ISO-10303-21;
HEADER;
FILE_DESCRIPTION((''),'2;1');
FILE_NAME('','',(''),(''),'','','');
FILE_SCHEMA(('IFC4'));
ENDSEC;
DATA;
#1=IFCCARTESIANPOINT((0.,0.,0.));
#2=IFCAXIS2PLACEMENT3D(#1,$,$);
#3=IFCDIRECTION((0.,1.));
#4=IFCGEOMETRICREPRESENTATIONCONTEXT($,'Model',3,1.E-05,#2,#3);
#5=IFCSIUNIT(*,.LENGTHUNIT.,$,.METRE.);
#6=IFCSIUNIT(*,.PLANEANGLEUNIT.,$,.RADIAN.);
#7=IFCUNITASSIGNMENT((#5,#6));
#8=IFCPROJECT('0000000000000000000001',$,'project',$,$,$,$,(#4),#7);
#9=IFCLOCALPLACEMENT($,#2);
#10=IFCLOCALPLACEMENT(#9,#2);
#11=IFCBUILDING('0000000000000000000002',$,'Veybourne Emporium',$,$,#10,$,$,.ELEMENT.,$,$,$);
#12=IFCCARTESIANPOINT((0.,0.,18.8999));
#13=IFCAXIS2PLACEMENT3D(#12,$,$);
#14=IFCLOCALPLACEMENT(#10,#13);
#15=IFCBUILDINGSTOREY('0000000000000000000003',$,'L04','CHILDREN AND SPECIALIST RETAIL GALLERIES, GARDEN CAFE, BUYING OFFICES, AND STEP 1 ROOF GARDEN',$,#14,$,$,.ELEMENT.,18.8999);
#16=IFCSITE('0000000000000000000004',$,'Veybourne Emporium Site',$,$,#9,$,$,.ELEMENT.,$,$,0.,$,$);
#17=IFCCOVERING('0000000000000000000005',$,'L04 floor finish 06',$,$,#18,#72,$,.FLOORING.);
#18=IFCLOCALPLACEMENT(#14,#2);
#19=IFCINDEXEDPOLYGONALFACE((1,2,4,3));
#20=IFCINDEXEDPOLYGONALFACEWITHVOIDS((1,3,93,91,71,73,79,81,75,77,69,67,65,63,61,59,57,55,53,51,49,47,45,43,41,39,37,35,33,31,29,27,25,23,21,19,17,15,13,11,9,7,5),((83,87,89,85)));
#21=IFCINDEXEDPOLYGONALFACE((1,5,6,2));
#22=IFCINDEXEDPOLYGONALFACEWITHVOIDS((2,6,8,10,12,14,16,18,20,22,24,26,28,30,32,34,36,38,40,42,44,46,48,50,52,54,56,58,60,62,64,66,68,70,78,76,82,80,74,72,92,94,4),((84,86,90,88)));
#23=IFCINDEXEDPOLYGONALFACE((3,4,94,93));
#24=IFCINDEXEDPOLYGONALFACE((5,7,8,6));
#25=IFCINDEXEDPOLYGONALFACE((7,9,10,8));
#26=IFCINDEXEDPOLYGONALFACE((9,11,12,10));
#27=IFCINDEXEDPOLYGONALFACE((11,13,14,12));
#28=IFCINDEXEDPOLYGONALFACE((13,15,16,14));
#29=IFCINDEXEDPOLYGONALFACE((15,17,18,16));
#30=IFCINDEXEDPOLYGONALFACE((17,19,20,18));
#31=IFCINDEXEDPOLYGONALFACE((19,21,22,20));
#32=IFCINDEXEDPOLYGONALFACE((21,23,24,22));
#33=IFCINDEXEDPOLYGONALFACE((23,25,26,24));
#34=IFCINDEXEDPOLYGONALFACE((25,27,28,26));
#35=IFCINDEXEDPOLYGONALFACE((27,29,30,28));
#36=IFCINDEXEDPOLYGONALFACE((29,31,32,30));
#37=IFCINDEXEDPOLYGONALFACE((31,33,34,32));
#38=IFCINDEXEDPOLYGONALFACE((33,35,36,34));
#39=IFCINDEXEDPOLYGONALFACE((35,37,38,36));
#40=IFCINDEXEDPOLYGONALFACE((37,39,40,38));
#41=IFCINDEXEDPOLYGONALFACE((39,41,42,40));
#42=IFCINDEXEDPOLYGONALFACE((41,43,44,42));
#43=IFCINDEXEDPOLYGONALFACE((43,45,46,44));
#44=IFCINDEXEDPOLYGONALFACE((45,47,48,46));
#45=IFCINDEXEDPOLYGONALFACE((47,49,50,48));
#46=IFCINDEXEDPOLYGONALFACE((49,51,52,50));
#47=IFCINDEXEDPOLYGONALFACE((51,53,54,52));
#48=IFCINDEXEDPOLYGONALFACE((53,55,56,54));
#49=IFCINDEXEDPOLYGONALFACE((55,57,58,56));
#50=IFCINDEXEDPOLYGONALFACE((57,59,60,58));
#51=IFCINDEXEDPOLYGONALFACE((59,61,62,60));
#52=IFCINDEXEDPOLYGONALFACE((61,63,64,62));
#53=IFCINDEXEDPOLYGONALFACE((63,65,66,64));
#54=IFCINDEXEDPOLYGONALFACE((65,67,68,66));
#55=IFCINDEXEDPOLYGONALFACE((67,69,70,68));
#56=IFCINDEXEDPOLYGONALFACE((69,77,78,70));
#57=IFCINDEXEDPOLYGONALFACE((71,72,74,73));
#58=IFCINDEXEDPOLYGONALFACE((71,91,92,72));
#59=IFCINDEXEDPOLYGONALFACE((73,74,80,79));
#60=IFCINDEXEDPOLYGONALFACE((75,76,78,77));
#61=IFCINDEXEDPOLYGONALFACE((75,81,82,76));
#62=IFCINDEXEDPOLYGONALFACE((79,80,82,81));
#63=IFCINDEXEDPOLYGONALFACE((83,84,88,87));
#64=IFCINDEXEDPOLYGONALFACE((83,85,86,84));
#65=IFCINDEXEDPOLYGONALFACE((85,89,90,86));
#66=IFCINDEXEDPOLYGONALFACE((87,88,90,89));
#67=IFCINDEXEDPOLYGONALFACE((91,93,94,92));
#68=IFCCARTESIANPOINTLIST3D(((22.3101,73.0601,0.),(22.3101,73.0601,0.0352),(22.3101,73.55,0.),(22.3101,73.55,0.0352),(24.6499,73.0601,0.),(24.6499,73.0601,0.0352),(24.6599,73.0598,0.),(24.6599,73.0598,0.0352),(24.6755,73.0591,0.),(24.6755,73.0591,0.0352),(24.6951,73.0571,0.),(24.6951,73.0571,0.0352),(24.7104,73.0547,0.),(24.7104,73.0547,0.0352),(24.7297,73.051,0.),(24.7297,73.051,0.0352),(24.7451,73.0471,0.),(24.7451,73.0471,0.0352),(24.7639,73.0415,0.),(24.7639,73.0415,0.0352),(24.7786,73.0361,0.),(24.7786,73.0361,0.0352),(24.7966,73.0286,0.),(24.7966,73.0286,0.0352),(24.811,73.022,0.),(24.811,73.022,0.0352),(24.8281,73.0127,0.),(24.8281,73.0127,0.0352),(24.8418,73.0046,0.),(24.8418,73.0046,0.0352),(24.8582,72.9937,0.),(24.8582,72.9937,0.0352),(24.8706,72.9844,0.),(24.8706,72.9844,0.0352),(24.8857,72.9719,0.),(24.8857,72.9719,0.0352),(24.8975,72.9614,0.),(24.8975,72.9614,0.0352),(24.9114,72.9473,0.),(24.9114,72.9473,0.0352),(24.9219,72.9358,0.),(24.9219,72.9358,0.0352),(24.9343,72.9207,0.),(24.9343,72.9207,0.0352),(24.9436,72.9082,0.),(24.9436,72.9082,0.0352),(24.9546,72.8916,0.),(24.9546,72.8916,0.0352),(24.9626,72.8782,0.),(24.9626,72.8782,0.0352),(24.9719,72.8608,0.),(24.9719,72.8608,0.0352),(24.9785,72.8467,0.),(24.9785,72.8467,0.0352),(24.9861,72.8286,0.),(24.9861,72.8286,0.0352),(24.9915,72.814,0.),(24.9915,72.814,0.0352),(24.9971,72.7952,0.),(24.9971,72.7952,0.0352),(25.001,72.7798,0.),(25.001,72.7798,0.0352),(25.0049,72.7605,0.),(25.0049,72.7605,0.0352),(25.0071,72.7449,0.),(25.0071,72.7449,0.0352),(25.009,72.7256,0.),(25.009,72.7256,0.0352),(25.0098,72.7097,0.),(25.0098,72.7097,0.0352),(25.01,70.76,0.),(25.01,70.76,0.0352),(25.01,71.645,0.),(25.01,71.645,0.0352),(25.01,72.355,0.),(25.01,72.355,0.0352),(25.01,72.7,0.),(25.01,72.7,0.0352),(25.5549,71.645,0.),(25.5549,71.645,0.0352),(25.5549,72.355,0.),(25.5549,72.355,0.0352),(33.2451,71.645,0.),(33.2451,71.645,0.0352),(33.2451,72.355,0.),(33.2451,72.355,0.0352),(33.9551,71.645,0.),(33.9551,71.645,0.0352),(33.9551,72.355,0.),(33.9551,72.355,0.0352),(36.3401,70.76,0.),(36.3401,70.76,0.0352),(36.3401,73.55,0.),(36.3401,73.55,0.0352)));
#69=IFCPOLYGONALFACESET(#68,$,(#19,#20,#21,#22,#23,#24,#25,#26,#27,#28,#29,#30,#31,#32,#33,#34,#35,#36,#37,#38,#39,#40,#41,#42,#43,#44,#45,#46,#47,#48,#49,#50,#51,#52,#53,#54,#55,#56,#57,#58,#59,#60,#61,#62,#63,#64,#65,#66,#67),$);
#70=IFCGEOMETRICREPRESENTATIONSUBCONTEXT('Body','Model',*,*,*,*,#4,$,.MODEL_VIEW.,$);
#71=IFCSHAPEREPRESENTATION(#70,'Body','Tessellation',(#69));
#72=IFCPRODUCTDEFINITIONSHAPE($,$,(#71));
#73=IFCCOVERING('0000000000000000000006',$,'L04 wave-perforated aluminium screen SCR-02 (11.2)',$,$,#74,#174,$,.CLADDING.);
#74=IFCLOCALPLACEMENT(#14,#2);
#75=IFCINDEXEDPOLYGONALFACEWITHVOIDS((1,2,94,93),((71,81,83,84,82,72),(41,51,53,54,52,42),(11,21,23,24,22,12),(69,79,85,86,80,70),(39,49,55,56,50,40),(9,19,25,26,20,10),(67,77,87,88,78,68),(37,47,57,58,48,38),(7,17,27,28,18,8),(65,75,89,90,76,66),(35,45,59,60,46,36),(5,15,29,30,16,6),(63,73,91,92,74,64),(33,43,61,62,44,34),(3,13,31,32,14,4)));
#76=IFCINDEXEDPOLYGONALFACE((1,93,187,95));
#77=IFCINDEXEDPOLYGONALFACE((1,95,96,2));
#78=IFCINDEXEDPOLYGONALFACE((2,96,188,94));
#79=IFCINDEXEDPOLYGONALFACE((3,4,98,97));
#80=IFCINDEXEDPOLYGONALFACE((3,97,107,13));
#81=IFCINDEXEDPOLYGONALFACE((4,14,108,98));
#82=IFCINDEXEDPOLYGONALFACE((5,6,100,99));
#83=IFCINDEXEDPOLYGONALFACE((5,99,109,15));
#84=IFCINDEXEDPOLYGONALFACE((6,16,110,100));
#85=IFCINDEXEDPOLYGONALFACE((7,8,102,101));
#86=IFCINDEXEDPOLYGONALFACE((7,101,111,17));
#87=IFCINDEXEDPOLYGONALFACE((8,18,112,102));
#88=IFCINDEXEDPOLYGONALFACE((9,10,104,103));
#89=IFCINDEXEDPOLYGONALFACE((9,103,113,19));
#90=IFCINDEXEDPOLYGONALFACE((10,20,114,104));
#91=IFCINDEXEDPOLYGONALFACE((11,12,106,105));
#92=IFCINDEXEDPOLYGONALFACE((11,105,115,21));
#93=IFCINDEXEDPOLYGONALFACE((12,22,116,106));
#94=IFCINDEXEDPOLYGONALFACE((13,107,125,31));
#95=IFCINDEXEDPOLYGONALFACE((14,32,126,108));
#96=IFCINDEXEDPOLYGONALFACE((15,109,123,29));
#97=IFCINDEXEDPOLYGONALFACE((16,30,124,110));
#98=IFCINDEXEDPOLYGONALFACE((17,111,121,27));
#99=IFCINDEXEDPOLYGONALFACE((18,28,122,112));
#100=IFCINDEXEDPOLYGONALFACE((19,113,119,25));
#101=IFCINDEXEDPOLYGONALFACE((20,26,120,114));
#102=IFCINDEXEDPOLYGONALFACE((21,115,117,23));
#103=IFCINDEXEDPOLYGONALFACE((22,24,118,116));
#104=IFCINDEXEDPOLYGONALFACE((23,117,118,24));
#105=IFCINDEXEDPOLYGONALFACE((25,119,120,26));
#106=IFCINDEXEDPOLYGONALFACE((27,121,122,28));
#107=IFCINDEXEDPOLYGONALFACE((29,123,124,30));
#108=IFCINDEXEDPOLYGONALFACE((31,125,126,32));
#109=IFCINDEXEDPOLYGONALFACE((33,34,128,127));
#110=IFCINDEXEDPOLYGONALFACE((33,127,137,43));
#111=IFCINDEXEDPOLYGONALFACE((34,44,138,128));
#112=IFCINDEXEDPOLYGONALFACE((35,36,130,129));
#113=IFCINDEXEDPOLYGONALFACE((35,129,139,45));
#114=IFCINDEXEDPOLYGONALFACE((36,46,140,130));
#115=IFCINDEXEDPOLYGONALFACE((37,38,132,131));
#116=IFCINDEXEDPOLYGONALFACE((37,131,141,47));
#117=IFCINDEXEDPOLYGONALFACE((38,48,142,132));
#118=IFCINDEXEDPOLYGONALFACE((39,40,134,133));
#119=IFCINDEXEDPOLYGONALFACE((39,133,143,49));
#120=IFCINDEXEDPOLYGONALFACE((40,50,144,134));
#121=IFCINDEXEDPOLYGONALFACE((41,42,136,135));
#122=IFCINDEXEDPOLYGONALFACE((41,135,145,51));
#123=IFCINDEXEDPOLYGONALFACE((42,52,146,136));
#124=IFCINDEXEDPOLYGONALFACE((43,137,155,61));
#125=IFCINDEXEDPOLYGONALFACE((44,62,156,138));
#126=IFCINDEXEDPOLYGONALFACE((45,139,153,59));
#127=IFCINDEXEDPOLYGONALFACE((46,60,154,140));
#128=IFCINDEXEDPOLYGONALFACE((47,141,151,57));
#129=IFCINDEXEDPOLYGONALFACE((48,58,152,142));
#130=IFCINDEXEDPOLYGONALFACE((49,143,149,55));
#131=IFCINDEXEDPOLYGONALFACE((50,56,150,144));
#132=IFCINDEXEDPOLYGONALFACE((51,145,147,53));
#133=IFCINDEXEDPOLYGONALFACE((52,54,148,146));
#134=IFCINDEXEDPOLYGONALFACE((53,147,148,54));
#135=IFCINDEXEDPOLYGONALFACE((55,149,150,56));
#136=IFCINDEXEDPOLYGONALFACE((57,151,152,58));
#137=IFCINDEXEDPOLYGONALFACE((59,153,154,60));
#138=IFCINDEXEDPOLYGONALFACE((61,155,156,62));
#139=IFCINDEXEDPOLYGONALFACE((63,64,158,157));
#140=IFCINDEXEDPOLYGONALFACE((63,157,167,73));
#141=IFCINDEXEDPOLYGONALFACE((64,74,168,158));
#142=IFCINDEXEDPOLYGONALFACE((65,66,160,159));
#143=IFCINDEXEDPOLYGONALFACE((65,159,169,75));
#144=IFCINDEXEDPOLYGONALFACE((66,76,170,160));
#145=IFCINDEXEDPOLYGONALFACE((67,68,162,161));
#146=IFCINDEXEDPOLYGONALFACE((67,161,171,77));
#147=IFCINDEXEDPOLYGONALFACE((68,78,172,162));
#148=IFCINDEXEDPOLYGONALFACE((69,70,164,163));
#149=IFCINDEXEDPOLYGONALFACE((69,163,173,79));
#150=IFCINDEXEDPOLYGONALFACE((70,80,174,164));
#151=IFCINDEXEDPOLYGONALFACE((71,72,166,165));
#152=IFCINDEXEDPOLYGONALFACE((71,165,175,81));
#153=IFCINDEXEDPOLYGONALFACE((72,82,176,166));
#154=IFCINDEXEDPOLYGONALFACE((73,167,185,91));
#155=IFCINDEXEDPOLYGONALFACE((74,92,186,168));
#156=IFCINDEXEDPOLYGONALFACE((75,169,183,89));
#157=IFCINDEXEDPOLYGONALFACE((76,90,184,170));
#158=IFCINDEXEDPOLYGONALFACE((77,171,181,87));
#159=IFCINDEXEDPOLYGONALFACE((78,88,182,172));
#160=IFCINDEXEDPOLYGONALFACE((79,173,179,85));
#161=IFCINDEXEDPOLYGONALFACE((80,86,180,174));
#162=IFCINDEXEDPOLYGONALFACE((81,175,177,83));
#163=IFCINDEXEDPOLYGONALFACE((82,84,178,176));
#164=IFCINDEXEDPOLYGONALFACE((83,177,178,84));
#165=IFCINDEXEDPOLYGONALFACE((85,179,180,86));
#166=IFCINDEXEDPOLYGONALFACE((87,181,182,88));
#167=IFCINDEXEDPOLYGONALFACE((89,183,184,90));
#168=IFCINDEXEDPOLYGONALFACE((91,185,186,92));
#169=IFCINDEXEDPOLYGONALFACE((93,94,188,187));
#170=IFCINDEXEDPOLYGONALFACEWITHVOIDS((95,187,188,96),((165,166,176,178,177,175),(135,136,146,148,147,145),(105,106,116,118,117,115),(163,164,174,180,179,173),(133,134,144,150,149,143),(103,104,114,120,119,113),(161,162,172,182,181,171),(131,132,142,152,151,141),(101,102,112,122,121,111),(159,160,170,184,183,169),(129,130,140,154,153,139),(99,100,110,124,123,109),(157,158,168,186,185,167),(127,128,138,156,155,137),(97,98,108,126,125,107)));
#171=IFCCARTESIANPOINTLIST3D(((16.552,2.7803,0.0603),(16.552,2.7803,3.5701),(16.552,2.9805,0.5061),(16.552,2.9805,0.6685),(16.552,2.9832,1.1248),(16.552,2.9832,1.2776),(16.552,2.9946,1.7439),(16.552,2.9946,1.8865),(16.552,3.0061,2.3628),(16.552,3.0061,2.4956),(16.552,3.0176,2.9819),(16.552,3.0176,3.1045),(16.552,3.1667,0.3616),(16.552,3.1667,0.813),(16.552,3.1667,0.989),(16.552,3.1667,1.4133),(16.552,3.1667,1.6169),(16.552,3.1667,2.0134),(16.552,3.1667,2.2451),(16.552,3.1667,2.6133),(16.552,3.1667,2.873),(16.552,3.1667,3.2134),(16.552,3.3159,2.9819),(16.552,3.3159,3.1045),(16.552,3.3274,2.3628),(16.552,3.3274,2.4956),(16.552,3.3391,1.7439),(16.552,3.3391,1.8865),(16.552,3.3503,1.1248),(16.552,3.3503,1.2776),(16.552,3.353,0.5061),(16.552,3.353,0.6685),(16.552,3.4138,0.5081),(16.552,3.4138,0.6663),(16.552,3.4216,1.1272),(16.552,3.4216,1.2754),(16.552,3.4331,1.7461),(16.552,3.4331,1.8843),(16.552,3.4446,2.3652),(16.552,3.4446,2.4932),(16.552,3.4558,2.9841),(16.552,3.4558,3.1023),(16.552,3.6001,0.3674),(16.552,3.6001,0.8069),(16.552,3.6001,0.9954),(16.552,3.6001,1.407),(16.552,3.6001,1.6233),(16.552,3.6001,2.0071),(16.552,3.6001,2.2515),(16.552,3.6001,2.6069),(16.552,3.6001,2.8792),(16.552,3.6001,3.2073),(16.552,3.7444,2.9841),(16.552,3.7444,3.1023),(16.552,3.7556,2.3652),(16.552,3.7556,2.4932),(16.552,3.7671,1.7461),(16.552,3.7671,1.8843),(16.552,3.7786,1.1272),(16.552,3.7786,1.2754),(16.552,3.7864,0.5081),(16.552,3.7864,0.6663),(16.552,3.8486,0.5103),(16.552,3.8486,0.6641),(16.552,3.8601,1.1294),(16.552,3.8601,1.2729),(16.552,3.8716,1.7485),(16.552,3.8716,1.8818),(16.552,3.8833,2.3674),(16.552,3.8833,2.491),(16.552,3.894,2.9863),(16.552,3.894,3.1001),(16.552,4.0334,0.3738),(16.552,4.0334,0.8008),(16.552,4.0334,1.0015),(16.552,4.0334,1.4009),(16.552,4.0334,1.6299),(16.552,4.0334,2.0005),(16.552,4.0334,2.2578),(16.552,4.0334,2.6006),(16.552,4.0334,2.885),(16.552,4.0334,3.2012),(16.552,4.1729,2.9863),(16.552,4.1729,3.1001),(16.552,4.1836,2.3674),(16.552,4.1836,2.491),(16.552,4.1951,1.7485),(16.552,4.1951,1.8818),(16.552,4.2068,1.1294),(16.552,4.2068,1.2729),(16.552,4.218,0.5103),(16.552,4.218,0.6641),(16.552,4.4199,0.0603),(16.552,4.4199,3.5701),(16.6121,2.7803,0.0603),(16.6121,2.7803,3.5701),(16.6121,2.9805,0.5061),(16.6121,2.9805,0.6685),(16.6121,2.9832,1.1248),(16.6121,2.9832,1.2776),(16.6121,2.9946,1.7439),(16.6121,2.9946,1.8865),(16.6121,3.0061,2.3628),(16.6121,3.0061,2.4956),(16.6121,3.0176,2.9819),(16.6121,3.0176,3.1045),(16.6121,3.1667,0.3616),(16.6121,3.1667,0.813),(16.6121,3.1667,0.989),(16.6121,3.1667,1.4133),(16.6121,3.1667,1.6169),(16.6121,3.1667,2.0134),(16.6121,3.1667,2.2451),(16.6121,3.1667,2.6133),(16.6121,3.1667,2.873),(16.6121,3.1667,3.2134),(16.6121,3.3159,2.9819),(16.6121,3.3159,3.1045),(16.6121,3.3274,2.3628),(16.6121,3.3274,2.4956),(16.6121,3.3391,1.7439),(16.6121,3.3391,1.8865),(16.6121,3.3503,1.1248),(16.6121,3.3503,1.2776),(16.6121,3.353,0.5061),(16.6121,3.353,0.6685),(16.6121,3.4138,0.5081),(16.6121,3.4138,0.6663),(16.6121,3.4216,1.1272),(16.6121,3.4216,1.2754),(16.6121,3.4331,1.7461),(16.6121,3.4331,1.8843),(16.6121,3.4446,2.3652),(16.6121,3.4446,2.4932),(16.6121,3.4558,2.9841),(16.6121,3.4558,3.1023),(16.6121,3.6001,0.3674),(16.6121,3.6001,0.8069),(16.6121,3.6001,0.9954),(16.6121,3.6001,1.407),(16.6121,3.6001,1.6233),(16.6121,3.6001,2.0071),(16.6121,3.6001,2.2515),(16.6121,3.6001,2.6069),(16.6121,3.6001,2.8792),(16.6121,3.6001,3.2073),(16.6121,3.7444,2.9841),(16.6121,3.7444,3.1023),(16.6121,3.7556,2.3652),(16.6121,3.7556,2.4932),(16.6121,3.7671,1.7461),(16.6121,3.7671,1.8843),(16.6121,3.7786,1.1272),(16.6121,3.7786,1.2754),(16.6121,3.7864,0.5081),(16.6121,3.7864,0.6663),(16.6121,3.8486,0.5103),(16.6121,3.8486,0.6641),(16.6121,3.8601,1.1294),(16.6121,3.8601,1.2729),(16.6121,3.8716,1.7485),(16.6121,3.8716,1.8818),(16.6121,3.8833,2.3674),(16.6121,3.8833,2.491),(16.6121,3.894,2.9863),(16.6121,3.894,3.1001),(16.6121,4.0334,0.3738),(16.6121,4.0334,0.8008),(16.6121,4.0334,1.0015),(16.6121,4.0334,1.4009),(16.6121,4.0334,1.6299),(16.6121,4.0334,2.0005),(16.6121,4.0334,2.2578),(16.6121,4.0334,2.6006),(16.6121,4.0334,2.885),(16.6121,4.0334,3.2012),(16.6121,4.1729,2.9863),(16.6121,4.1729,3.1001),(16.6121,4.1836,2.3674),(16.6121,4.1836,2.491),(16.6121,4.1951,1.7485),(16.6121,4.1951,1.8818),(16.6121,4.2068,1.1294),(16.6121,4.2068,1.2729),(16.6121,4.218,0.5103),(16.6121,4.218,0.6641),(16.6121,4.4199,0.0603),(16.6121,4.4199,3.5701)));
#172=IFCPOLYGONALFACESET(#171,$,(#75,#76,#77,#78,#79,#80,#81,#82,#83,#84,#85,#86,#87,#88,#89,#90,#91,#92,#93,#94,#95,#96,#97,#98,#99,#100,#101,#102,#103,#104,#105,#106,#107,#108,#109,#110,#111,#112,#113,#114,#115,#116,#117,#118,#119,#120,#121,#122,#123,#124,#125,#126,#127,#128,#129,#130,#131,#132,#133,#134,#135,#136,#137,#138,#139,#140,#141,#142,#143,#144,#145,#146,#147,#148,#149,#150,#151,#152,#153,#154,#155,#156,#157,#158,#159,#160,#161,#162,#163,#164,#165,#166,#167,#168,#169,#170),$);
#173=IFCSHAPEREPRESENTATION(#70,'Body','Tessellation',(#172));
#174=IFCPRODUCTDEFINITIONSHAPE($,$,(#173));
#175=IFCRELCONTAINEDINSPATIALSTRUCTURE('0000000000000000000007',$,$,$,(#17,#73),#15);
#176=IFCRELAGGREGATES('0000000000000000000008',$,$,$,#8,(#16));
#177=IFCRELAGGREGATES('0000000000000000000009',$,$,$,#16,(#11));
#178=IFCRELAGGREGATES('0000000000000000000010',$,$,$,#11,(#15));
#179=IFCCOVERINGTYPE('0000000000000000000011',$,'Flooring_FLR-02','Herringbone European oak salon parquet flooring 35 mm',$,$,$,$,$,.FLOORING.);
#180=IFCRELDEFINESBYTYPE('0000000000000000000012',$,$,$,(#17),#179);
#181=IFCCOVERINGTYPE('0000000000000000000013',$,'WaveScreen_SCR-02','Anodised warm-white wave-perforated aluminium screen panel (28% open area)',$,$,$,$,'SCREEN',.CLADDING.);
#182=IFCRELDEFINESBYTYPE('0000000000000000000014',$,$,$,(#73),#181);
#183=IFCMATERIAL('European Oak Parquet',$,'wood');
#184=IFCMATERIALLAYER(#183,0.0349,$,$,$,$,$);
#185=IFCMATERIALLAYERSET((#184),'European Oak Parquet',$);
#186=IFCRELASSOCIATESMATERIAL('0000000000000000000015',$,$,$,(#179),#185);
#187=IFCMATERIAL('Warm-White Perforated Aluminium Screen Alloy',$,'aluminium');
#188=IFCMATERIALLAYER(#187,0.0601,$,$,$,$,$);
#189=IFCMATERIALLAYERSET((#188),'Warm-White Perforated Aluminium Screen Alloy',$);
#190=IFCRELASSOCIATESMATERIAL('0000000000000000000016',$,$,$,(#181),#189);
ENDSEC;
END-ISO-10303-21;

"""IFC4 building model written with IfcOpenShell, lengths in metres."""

from ifc_helpers import new_model, si_unit, direction, frame, origin, place, context, subcontext, project, spatial, polyline, outline, extrude, material, layer, layer_set, type_object, element, save


model = new_model("IFC4")

# Units and contexts
model_context = context("Model", 3, precision=1e-05, world=origin(), true_north=direction((0.0, 1.0)))
body_context = subcontext(model_context, "Body", "Model", "MODEL_VIEW")
ifc_project = project(units=[si_unit("LENGTHUNIT", "METRE"), si_unit("PLANEANGLEUNIT", "RADIAN")], contexts=[model_context])

# Site, building, storey
site_placement = place(None, origin())
site = spatial("IfcSite", under=ifc_project, at=site_placement, Name="Veybourne Emporium Site", CompositionType="ELEMENT", RefElevation=0.0)
building_placement = place(site_placement, origin())
building = spatial("IfcBuilding", under=site, at=building_placement, Name="Veybourne Emporium", CompositionType="ELEMENT")
storey_placement = place(building_placement, frame((0.0, 0.0, 18.8999)))
storey = spatial("IfcBuildingStorey", under=building, at=storey_placement, Name="L04", Description="CHILDREN AND SPECIALIST RETAIL GALLERIES, GARDEN CAFE, BUYING OFFICES, AND STEP 1 ROOF GARDEN", CompositionType="ELEMENT", Elevation=18.8999)

# Coverings
ifc_material_1 = material(Name="European Oak Parquet", Category="wood")
ifc_layer_1 = layer(ifc_material_1, 0.0349)
ifc_layer_set_1 = layer_set([ifc_layer_1], Name="European Oak Parquet")
covering_type_1 = type_object("IfcCoveringType", Name="Flooring_FLR-02", Description="Herringbone European oak salon parquet flooring 35 mm", PredefinedType="FLOORING", material=ifc_layer_set_1)
covering_1_placement = place(storey_placement, origin())
element("IfcCovering", 1, at=covering_1_placement, inside=storey, type_object=covering_type_1, Name="L04 floor finish 06", PredefinedType="FLOORING", context=body_context, shape_type="SweptSolid", body=[
    extrude(outline(polyline([(25.01, 70.76), (25.01, 71.645), (25.5549, 71.645), (25.5549, 72.355), (25.01, 72.355), (25.01, 72.7), (25.0098, 72.7097), (25.009, 72.7256), (25.0071, 72.7449), (25.0049, 72.7605), (25.001, 72.7798), (24.9971, 72.7952), (24.9915, 72.814), (24.9861, 72.8286), (24.9785, 72.8467), (24.9719, 72.8608), (24.9626, 72.8782), (24.9546, 72.8916), (24.9436, 72.9082), (24.9343, 72.9207), (24.9219, 72.9358), (24.9114, 72.9473), (24.8975, 72.9614), (24.8857, 72.9719), (24.8706, 72.9844), (24.8582, 72.9937), (24.8418, 73.0046), (24.8281, 73.0127), (24.811, 73.022), (24.7966, 73.0286), (24.7786, 73.0361), (24.7639, 73.0415), (24.7451, 73.0471), (24.7297, 73.051), (24.7104, 73.0547), (24.6951, 73.0571), (24.6755, 73.0591), (24.6599, 73.0598), (24.6499, 73.0601), (22.3101, 73.0601), (22.3101, 73.55), (36.3401, 73.55), (36.3401, 70.76), (25.01, 70.76)]), holes=[polyline([(33.2451, 72.355), (33.2451, 71.645), (33.9551, 71.645), (33.9551, 72.355), (33.2451, 72.355)])]), origin(), (0.0, 0.0, 1.0), 0.0352),
])
ifc_material_2 = material(Name="Warm-White Perforated Aluminium Screen Alloy", Category="aluminium")
ifc_layer_2 = layer(ifc_material_2, 0.0601)
ifc_layer_set_2 = layer_set([ifc_layer_2], Name="Warm-White Perforated Aluminium Screen Alloy")
covering_type_2 = type_object("IfcCoveringType", Name="WaveScreen_SCR-02", Description="Anodised warm-white wave-perforated aluminium screen panel (28% open area)", ElementType="SCREEN", PredefinedType="CLADDING", material=ifc_layer_set_2)
covering_2_placement = place(storey_placement, frame((16.552, 3.6001, 1.8152), z_axis=(1.0, 0.0, 0.0), x_axis=(0.0, 1.0, 0.0)))
element("IfcCovering", 2, at=covering_2_placement, inside=storey, type_object=covering_type_2, Name="L04 wave-perforated aluminium screen SCR-02 (11.2)", PredefinedType="CLADDING", context=body_context, shape_type="SweptSolid", body=[
    extrude(outline(polyline([(-0.8198, -1.7549), (0.8198, -1.7549), (0.8198, 1.7549), (-0.8198, 1.7549), (-0.8198, -1.7549)]), holes=[polyline([(-0.4333, -1.0022), (-0.2471, -1.1467), (-0.2471, -1.3091), (-0.4333, -1.4536), (-0.6196, -1.3091), (-0.6196, -1.1467), (-0.4333, -1.0022)]), polyline([(-0.4333, -0.4019), (-0.2498, -0.5376), (-0.2498, -0.6904), (-0.4333, -0.8262), (-0.6169, -0.6904), (-0.6169, -0.5376), (-0.4333, -0.4019)]), polyline([(-0.4333, 0.1982), (-0.261, 0.0713), (-0.261, -0.0713), (-0.4333, -0.1982), (-0.6055, -0.0713), (-0.6055, 0.0713), (-0.4333, 0.1982)]), polyline([(-0.4333, 0.7981), (-0.2727, 0.6804), (-0.2727, 0.5476), (-0.4333, 0.4299), (-0.594, 0.5476), (-0.594, 0.6804), (-0.4333, 0.7981)]), polyline([(-0.4333, 1.3982), (-0.2842, 1.2893), (-0.2842, 1.1667), (-0.4333, 1.0579), (-0.5825, 1.1667), (-0.5825, 1.2893), (-0.4333, 1.3982)]), polyline([(0.0, -1.0083), (0.1863, -1.1489), (0.1863, -1.3071), (0.0, -1.4478), (-0.1863, -1.3071), (-0.1863, -1.1489), (0.0, -1.0083)]), polyline([(0.0, -0.4082), (0.1785, -0.5398), (0.1785, -0.688), (0.0, -0.8198), (-0.1785, -0.688), (-0.1785, -0.5398), (0.0, -0.4082)]), polyline([(0.0, 0.1919), (0.167, 0.0691), (0.167, -0.0691), (0.0, -0.1919), (-0.167, -0.0691), (-0.167, 0.0691), (0.0, 0.1919)]), polyline([(0.0, 0.7917), (0.1555, 0.678), (0.1555, 0.55), (0.0, 0.4363), (-0.1555, 0.55), (-0.1555, 0.678), (0.0, 0.7917)]), polyline([(0.0, 1.3921), (0.1443, 1.2871), (0.1443, 1.1689), (0.0, 1.064), (-0.1443, 1.1689), (-0.1443, 1.2871), (0.0, 1.3921)]), polyline([(0.4333, -1.0144), (0.6179, -1.1511), (0.6179, -1.3049), (0.4333, -1.4414), (0.2485, -1.3049), (0.2485, -1.1511), (0.4333, -1.0144)]), polyline([(0.4333, -0.4143), (0.6067, -0.5422), (0.6067, -0.6858), (0.4333, -0.8137), (0.26, -0.6858), (0.26, -0.5422), (0.4333, -0.4143)]), polyline([(0.4333, 0.1853), (0.595, 0.0667), (0.595, -0.0667), (0.4333, -0.1853), (0.2715, -0.0667), (0.2715, 0.0667), (0.4333, 0.1853)]), polyline([(0.4333, 0.7854), (0.5835, 0.6758), (0.5835, 0.5522), (0.4333, 0.4426), (0.2832, 0.5522), (0.2832, 0.6758), (0.4333, 0.7854)]), polyline([(0.4333, 1.386), (0.5728, 1.2849), (0.5728, 1.1711), (0.4333, 1.0698), (0.2939, 1.1711), (0.2939, 1.2849), (0.4333, 1.386)])]), origin(), (0.0, 0.0, 1.0), 0.0601),
])

save(model, "model.ifc")
